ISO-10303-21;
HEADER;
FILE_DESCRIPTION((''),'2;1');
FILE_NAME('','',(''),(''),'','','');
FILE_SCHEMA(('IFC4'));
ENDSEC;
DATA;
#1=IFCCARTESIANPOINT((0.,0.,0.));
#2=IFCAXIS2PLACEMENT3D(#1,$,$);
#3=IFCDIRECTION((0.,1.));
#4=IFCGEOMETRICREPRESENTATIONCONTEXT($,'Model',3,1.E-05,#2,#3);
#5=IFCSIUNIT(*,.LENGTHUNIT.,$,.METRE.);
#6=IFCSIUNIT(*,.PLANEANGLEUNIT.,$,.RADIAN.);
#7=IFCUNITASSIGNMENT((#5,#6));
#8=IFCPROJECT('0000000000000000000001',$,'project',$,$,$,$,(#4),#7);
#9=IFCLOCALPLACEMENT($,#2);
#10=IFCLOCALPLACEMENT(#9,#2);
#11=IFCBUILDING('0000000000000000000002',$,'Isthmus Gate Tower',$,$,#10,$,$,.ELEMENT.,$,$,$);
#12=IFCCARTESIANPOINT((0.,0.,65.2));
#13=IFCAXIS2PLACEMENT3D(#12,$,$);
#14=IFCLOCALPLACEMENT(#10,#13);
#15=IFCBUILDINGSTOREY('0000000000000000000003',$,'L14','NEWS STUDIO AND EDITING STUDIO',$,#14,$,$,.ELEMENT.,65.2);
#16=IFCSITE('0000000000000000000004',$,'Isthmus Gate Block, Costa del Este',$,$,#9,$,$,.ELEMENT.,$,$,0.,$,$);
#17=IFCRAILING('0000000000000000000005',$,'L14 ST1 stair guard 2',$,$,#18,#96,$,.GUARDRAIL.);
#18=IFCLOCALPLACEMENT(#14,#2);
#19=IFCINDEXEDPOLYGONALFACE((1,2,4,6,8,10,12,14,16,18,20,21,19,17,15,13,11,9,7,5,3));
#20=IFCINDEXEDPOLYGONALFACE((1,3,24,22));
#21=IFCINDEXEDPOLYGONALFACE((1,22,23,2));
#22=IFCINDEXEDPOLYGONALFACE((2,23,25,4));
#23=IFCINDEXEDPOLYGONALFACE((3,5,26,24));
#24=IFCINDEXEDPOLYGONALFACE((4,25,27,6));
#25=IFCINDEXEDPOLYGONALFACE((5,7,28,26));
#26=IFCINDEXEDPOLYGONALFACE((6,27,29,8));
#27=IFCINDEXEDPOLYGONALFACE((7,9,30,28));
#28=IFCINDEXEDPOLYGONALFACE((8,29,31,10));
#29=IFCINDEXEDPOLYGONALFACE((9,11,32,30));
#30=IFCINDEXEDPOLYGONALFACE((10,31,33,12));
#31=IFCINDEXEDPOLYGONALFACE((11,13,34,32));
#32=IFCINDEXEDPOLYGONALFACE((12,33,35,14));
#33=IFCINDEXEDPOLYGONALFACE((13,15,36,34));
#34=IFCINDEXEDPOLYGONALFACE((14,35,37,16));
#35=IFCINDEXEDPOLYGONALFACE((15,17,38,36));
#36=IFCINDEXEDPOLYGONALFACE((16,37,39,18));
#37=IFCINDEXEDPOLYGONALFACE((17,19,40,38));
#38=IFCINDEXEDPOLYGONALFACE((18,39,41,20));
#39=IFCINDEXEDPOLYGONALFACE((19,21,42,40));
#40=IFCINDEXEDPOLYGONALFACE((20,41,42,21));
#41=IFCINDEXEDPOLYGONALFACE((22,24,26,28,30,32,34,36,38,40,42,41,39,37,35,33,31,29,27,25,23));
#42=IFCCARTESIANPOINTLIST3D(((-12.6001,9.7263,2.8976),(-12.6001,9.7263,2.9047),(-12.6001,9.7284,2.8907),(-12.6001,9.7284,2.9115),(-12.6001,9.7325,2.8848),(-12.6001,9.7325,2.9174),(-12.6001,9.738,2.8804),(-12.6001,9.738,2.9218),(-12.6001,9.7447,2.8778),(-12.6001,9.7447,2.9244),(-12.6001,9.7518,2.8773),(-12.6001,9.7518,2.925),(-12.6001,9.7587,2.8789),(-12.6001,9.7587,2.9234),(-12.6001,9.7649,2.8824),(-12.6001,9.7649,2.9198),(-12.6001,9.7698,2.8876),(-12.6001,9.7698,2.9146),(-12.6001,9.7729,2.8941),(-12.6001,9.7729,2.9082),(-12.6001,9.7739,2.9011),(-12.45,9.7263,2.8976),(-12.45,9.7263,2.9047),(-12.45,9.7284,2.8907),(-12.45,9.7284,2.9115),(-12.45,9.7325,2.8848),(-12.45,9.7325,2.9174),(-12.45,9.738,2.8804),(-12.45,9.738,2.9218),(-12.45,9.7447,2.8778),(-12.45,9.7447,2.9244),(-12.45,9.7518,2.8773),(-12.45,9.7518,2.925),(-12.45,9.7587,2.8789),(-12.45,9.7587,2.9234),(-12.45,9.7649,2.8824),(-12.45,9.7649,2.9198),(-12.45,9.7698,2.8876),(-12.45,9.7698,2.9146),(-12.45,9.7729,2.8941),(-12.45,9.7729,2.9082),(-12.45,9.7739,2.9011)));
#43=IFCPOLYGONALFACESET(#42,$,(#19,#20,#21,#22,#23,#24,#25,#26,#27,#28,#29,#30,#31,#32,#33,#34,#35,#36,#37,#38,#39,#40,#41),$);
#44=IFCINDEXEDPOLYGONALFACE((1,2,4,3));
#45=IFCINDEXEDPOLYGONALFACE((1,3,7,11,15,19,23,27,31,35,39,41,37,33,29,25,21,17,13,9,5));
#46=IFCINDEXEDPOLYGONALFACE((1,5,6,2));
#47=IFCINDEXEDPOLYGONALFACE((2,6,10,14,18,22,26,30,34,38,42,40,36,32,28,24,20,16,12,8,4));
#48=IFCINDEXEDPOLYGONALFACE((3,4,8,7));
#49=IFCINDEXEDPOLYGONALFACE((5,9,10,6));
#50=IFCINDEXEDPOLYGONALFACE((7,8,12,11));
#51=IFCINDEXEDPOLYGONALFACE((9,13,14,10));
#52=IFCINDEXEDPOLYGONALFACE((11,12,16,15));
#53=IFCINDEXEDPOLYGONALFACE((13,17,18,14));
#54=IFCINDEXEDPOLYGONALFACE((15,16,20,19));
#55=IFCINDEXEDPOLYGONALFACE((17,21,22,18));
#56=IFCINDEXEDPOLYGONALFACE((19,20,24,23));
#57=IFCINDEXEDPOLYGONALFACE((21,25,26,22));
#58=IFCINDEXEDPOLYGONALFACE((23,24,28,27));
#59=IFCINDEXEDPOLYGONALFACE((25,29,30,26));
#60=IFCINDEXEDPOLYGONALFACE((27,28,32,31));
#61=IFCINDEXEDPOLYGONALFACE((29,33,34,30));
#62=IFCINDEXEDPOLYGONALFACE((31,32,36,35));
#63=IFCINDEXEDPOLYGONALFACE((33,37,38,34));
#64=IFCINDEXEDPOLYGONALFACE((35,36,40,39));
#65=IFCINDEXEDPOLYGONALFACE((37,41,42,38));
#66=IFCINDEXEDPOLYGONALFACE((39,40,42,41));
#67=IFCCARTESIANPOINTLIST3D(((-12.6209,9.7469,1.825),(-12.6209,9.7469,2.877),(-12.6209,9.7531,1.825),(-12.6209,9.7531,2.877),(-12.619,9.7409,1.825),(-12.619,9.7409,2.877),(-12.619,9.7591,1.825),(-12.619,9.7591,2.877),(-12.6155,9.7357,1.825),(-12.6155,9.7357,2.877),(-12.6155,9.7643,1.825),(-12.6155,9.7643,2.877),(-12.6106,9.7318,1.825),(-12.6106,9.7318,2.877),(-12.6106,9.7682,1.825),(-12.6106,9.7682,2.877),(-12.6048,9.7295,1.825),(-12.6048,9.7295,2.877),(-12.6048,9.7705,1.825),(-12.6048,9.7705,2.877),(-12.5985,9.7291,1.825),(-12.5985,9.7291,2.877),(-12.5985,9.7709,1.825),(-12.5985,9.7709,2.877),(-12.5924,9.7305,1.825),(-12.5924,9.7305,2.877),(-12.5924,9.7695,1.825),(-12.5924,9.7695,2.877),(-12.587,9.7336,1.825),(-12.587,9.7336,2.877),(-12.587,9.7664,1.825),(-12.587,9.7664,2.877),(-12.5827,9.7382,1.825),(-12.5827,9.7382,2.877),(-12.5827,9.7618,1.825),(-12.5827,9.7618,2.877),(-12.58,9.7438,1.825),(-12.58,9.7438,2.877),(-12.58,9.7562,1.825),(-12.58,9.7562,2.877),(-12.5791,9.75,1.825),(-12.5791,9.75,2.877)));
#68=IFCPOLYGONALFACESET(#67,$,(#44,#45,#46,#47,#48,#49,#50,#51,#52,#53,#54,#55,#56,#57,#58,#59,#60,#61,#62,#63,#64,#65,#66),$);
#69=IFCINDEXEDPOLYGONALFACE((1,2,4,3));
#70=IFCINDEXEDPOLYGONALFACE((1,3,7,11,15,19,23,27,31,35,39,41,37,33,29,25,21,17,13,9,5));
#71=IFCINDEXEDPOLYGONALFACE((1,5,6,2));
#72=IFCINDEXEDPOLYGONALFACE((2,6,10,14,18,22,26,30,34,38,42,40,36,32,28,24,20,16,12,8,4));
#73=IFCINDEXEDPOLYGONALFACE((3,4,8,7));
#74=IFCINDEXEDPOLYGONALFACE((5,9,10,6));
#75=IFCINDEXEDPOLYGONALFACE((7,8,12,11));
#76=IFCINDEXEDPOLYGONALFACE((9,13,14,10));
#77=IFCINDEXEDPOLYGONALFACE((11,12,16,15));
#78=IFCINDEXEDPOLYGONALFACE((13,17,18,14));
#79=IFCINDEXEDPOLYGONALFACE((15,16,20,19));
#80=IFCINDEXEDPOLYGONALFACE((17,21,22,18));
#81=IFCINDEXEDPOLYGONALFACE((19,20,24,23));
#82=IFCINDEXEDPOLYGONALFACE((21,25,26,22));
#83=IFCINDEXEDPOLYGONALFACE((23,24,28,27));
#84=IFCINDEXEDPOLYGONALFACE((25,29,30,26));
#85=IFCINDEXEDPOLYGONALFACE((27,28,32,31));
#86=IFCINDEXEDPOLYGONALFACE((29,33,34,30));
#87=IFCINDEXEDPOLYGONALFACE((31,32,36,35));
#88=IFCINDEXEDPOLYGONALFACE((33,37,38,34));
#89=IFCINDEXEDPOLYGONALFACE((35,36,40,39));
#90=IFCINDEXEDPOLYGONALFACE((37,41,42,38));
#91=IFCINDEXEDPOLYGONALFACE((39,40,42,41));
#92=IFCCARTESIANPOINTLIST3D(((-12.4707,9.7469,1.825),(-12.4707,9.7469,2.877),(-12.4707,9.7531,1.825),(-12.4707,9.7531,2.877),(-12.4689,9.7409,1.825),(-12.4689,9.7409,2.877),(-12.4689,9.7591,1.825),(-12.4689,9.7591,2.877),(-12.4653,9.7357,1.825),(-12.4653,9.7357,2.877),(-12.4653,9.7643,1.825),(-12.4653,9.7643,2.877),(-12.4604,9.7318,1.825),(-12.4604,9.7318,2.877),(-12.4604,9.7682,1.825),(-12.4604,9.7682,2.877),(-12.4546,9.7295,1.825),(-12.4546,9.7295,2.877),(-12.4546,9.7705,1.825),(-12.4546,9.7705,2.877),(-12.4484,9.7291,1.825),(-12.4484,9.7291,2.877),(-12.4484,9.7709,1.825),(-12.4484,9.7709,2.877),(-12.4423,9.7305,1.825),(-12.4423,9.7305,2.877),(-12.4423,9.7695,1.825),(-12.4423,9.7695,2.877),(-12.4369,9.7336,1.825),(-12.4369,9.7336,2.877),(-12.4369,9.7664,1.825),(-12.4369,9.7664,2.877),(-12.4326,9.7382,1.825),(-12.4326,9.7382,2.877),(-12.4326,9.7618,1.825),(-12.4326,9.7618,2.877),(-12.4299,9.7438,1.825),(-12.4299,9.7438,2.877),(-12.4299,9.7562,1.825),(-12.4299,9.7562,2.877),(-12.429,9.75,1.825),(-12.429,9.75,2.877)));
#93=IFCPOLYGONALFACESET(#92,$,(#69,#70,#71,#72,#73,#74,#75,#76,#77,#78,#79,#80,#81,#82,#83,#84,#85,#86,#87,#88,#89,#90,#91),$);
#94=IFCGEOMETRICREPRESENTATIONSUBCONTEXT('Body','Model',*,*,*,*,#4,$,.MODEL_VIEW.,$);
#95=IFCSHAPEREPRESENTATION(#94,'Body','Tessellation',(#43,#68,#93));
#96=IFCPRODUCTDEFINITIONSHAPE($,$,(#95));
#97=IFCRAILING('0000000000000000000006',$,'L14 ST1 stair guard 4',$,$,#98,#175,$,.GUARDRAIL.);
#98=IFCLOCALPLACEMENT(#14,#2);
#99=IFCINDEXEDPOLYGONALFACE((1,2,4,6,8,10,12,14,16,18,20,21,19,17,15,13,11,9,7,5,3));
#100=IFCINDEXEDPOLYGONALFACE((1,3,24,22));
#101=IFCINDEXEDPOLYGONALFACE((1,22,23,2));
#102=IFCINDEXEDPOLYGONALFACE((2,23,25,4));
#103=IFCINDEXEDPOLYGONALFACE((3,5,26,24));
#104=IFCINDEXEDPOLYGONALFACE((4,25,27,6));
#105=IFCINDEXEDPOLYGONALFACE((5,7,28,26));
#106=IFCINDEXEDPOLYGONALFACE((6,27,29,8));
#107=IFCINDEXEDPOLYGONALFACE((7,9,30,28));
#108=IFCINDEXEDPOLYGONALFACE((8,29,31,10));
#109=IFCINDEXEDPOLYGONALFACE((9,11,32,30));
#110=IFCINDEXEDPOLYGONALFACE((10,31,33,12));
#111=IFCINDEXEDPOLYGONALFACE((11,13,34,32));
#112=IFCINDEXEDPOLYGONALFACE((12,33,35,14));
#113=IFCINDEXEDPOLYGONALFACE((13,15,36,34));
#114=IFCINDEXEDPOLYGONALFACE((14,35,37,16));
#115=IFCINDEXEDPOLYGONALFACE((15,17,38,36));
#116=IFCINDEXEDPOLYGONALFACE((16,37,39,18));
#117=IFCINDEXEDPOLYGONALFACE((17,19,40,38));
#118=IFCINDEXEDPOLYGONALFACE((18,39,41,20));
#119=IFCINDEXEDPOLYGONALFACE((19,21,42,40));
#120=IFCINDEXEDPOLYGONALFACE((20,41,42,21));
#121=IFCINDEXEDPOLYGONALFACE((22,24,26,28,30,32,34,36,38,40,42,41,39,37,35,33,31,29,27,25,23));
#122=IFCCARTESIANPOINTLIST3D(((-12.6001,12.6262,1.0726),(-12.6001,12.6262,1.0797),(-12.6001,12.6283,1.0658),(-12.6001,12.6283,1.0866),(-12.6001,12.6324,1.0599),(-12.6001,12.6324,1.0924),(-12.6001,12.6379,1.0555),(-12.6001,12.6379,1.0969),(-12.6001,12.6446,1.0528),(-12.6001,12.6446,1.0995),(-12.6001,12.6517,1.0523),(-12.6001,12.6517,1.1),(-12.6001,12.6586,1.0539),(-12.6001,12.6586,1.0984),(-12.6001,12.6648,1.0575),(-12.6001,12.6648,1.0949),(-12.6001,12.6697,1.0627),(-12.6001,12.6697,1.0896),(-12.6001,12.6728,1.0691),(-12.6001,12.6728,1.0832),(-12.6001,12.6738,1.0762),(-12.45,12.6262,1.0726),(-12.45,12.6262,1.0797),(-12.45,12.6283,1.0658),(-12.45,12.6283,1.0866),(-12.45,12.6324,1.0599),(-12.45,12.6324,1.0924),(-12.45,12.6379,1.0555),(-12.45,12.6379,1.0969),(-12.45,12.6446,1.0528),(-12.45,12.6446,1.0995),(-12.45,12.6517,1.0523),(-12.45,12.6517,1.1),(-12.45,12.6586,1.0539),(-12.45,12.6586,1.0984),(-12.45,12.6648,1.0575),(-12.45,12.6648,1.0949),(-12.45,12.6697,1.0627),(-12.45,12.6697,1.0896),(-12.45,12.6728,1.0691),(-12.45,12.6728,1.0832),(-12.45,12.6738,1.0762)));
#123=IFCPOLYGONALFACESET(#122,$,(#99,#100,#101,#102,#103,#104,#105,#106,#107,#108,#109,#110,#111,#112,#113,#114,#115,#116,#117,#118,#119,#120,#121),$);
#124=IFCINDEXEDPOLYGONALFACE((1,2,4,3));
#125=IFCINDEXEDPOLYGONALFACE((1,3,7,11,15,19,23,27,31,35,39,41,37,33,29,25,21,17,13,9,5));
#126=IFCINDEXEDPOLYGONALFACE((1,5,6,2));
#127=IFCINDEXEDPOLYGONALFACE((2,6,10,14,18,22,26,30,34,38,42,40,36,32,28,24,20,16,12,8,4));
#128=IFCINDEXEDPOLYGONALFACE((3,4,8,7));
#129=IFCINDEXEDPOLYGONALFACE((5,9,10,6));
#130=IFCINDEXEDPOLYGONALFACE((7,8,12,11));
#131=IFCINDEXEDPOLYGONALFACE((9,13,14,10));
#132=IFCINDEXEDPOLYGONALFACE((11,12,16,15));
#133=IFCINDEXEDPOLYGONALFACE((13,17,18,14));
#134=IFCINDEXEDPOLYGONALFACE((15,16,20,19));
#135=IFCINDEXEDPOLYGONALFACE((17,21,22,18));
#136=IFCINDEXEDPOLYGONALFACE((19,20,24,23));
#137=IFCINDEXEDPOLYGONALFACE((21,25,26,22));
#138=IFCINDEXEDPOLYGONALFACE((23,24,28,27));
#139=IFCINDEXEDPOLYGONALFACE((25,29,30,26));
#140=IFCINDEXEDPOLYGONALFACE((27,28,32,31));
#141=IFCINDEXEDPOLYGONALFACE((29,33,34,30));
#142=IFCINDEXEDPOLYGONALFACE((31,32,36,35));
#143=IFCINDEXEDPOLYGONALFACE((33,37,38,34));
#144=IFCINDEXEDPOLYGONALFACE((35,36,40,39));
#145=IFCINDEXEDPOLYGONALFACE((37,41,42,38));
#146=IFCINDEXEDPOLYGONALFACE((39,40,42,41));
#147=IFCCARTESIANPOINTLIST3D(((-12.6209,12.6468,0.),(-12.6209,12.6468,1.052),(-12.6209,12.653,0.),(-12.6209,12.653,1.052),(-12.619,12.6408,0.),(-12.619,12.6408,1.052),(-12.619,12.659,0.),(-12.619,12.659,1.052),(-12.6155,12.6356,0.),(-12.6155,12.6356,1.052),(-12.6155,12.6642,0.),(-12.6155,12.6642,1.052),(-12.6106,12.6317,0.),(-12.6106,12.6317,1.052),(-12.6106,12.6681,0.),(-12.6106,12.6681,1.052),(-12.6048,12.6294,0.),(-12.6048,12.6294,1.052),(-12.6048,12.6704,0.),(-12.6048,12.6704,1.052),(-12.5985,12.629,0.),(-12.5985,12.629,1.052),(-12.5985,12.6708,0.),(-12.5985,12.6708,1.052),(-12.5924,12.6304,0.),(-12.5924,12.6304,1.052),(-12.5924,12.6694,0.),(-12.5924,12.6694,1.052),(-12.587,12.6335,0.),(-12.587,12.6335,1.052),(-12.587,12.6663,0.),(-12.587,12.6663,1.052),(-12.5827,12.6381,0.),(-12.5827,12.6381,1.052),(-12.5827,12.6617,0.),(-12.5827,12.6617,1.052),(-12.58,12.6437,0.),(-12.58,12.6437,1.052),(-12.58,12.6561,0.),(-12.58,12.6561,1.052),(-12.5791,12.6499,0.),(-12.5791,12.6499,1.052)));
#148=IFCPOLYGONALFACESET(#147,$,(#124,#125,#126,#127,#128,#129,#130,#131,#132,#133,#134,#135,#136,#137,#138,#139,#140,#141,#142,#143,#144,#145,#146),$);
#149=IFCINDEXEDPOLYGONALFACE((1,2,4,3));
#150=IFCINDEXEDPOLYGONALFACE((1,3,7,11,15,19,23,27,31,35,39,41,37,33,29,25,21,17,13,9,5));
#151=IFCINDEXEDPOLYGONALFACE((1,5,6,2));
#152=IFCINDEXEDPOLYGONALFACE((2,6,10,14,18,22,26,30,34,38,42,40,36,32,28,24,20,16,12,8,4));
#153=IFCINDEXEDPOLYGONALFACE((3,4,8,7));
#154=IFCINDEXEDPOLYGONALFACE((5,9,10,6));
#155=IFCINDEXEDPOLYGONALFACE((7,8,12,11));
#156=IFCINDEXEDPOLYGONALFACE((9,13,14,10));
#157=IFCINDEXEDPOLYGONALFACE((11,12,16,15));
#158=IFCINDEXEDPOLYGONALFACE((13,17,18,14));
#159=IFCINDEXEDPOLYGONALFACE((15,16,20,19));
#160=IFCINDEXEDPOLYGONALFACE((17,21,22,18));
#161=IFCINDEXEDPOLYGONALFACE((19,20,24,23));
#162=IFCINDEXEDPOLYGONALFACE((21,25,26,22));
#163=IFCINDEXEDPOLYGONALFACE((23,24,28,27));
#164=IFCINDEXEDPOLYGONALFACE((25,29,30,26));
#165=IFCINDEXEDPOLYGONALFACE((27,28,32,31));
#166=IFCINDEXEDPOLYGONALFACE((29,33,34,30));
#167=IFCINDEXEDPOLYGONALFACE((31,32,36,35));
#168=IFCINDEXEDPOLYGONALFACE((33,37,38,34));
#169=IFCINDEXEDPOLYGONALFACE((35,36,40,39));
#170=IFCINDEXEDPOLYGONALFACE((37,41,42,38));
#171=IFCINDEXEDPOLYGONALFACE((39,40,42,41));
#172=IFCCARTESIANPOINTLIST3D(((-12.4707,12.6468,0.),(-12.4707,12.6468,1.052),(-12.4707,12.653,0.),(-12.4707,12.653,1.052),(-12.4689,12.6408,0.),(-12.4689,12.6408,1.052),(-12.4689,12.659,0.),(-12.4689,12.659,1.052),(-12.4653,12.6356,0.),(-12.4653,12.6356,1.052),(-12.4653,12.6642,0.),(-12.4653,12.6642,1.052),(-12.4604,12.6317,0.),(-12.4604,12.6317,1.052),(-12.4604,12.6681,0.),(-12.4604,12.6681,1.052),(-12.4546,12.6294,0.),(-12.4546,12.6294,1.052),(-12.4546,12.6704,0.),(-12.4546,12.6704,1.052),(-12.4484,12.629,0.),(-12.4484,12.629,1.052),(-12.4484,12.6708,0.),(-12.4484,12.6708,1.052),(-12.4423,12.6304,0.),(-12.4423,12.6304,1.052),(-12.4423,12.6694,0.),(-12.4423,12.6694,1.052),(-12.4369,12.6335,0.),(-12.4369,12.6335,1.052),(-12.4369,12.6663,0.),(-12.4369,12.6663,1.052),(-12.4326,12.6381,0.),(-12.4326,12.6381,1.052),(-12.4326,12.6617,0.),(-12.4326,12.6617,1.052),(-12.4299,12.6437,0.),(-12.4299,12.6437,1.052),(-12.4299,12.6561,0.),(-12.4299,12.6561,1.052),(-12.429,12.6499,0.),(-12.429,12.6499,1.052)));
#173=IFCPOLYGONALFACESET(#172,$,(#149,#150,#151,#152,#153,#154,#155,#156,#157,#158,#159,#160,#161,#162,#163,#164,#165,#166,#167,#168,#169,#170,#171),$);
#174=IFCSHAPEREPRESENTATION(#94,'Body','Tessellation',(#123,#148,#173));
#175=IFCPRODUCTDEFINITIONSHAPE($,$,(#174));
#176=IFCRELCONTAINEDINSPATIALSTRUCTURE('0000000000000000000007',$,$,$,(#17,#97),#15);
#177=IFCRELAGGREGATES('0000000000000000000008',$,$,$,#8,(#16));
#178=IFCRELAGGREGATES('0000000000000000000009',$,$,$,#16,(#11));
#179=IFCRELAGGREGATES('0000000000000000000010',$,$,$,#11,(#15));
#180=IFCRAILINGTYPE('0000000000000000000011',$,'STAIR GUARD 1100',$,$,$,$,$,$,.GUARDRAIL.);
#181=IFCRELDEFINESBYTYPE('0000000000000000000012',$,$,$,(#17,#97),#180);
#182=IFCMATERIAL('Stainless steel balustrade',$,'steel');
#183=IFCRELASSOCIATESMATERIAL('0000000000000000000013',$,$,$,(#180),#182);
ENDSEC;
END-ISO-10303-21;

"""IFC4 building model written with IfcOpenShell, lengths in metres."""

from ifc_helpers import new_model, si_unit, direction, frame, origin, origin_2d, place, context, subcontext, project, spatial, circle, extrude, material, type_object, element, save


model = new_model("IFC4")

# Units and contexts
model_context = context("Model", 3, precision=1e-05, world=origin(), true_north=direction((0.0, 1.0)))
body_context = subcontext(model_context, "Body", "Model", "MODEL_VIEW")
ifc_project = project(units=[si_unit("LENGTHUNIT", "METRE"), si_unit("PLANEANGLEUNIT", "RADIAN")], contexts=[model_context])

# Site, building, storey
site_placement = place(None, origin())
site = spatial("IfcSite", under=ifc_project, at=site_placement, Name="Isthmus Gate Block, Costa del Este", CompositionType="ELEMENT", RefElevation=0.0)
building_placement = place(site_placement, origin())
building = spatial("IfcBuilding", under=site, at=building_placement, Name="Isthmus Gate Tower", CompositionType="ELEMENT")
storey_placement = place(building_placement, frame((0.0, 0.0, 65.2)))
storey = spatial("IfcBuildingStorey", under=building, at=storey_placement, Name="L14", Description="NEWS STUDIO AND EDITING STUDIO", CompositionType="ELEMENT", Elevation=65.2)

# Railings
ifc_material_1 = material(Name="Stainless steel balustrade", Category="steel")
railing_type_1 = type_object("IfcRailingType", Name="STAIR GUARD 1100", PredefinedType="GUARDRAIL", material=ifc_material_1)
for number, where, name in (
    (1, (-12.6001, 9.75, 1.825), "L14 ST1 stair guard 2"),
    (2, (-12.6001, 12.6499, 0.0), "L14 ST1 stair guard 4"),
):
    element("IfcRailing", number, at=place(storey_placement, frame(where)), inside=storey, type_object=railing_type_1, Name=name, PredefinedType="GUARDRAIL", context=body_context, shape_type="SweptSolid", body=[
        extrude(circle(Radius=0.0239, at=origin_2d()), frame((0.0, 0.0, 1.0762), z_axis=(1.0, 0.0, 0.0), x_axis=(0.0, 1.0, 0.0)), (0.0, 0.0, 1.0), 0.1501),
        extrude(circle(Radius=0.021, at=origin_2d()), origin(), (0.0, 0.0, 1.0), 1.052),
        extrude(circle(Radius=0.021, at=origin_2d()), frame((0.1501, 0.0, 0.0)), (0.0, 0.0, 1.0), 1.052),
    ])

save(model, "model.ifc")
